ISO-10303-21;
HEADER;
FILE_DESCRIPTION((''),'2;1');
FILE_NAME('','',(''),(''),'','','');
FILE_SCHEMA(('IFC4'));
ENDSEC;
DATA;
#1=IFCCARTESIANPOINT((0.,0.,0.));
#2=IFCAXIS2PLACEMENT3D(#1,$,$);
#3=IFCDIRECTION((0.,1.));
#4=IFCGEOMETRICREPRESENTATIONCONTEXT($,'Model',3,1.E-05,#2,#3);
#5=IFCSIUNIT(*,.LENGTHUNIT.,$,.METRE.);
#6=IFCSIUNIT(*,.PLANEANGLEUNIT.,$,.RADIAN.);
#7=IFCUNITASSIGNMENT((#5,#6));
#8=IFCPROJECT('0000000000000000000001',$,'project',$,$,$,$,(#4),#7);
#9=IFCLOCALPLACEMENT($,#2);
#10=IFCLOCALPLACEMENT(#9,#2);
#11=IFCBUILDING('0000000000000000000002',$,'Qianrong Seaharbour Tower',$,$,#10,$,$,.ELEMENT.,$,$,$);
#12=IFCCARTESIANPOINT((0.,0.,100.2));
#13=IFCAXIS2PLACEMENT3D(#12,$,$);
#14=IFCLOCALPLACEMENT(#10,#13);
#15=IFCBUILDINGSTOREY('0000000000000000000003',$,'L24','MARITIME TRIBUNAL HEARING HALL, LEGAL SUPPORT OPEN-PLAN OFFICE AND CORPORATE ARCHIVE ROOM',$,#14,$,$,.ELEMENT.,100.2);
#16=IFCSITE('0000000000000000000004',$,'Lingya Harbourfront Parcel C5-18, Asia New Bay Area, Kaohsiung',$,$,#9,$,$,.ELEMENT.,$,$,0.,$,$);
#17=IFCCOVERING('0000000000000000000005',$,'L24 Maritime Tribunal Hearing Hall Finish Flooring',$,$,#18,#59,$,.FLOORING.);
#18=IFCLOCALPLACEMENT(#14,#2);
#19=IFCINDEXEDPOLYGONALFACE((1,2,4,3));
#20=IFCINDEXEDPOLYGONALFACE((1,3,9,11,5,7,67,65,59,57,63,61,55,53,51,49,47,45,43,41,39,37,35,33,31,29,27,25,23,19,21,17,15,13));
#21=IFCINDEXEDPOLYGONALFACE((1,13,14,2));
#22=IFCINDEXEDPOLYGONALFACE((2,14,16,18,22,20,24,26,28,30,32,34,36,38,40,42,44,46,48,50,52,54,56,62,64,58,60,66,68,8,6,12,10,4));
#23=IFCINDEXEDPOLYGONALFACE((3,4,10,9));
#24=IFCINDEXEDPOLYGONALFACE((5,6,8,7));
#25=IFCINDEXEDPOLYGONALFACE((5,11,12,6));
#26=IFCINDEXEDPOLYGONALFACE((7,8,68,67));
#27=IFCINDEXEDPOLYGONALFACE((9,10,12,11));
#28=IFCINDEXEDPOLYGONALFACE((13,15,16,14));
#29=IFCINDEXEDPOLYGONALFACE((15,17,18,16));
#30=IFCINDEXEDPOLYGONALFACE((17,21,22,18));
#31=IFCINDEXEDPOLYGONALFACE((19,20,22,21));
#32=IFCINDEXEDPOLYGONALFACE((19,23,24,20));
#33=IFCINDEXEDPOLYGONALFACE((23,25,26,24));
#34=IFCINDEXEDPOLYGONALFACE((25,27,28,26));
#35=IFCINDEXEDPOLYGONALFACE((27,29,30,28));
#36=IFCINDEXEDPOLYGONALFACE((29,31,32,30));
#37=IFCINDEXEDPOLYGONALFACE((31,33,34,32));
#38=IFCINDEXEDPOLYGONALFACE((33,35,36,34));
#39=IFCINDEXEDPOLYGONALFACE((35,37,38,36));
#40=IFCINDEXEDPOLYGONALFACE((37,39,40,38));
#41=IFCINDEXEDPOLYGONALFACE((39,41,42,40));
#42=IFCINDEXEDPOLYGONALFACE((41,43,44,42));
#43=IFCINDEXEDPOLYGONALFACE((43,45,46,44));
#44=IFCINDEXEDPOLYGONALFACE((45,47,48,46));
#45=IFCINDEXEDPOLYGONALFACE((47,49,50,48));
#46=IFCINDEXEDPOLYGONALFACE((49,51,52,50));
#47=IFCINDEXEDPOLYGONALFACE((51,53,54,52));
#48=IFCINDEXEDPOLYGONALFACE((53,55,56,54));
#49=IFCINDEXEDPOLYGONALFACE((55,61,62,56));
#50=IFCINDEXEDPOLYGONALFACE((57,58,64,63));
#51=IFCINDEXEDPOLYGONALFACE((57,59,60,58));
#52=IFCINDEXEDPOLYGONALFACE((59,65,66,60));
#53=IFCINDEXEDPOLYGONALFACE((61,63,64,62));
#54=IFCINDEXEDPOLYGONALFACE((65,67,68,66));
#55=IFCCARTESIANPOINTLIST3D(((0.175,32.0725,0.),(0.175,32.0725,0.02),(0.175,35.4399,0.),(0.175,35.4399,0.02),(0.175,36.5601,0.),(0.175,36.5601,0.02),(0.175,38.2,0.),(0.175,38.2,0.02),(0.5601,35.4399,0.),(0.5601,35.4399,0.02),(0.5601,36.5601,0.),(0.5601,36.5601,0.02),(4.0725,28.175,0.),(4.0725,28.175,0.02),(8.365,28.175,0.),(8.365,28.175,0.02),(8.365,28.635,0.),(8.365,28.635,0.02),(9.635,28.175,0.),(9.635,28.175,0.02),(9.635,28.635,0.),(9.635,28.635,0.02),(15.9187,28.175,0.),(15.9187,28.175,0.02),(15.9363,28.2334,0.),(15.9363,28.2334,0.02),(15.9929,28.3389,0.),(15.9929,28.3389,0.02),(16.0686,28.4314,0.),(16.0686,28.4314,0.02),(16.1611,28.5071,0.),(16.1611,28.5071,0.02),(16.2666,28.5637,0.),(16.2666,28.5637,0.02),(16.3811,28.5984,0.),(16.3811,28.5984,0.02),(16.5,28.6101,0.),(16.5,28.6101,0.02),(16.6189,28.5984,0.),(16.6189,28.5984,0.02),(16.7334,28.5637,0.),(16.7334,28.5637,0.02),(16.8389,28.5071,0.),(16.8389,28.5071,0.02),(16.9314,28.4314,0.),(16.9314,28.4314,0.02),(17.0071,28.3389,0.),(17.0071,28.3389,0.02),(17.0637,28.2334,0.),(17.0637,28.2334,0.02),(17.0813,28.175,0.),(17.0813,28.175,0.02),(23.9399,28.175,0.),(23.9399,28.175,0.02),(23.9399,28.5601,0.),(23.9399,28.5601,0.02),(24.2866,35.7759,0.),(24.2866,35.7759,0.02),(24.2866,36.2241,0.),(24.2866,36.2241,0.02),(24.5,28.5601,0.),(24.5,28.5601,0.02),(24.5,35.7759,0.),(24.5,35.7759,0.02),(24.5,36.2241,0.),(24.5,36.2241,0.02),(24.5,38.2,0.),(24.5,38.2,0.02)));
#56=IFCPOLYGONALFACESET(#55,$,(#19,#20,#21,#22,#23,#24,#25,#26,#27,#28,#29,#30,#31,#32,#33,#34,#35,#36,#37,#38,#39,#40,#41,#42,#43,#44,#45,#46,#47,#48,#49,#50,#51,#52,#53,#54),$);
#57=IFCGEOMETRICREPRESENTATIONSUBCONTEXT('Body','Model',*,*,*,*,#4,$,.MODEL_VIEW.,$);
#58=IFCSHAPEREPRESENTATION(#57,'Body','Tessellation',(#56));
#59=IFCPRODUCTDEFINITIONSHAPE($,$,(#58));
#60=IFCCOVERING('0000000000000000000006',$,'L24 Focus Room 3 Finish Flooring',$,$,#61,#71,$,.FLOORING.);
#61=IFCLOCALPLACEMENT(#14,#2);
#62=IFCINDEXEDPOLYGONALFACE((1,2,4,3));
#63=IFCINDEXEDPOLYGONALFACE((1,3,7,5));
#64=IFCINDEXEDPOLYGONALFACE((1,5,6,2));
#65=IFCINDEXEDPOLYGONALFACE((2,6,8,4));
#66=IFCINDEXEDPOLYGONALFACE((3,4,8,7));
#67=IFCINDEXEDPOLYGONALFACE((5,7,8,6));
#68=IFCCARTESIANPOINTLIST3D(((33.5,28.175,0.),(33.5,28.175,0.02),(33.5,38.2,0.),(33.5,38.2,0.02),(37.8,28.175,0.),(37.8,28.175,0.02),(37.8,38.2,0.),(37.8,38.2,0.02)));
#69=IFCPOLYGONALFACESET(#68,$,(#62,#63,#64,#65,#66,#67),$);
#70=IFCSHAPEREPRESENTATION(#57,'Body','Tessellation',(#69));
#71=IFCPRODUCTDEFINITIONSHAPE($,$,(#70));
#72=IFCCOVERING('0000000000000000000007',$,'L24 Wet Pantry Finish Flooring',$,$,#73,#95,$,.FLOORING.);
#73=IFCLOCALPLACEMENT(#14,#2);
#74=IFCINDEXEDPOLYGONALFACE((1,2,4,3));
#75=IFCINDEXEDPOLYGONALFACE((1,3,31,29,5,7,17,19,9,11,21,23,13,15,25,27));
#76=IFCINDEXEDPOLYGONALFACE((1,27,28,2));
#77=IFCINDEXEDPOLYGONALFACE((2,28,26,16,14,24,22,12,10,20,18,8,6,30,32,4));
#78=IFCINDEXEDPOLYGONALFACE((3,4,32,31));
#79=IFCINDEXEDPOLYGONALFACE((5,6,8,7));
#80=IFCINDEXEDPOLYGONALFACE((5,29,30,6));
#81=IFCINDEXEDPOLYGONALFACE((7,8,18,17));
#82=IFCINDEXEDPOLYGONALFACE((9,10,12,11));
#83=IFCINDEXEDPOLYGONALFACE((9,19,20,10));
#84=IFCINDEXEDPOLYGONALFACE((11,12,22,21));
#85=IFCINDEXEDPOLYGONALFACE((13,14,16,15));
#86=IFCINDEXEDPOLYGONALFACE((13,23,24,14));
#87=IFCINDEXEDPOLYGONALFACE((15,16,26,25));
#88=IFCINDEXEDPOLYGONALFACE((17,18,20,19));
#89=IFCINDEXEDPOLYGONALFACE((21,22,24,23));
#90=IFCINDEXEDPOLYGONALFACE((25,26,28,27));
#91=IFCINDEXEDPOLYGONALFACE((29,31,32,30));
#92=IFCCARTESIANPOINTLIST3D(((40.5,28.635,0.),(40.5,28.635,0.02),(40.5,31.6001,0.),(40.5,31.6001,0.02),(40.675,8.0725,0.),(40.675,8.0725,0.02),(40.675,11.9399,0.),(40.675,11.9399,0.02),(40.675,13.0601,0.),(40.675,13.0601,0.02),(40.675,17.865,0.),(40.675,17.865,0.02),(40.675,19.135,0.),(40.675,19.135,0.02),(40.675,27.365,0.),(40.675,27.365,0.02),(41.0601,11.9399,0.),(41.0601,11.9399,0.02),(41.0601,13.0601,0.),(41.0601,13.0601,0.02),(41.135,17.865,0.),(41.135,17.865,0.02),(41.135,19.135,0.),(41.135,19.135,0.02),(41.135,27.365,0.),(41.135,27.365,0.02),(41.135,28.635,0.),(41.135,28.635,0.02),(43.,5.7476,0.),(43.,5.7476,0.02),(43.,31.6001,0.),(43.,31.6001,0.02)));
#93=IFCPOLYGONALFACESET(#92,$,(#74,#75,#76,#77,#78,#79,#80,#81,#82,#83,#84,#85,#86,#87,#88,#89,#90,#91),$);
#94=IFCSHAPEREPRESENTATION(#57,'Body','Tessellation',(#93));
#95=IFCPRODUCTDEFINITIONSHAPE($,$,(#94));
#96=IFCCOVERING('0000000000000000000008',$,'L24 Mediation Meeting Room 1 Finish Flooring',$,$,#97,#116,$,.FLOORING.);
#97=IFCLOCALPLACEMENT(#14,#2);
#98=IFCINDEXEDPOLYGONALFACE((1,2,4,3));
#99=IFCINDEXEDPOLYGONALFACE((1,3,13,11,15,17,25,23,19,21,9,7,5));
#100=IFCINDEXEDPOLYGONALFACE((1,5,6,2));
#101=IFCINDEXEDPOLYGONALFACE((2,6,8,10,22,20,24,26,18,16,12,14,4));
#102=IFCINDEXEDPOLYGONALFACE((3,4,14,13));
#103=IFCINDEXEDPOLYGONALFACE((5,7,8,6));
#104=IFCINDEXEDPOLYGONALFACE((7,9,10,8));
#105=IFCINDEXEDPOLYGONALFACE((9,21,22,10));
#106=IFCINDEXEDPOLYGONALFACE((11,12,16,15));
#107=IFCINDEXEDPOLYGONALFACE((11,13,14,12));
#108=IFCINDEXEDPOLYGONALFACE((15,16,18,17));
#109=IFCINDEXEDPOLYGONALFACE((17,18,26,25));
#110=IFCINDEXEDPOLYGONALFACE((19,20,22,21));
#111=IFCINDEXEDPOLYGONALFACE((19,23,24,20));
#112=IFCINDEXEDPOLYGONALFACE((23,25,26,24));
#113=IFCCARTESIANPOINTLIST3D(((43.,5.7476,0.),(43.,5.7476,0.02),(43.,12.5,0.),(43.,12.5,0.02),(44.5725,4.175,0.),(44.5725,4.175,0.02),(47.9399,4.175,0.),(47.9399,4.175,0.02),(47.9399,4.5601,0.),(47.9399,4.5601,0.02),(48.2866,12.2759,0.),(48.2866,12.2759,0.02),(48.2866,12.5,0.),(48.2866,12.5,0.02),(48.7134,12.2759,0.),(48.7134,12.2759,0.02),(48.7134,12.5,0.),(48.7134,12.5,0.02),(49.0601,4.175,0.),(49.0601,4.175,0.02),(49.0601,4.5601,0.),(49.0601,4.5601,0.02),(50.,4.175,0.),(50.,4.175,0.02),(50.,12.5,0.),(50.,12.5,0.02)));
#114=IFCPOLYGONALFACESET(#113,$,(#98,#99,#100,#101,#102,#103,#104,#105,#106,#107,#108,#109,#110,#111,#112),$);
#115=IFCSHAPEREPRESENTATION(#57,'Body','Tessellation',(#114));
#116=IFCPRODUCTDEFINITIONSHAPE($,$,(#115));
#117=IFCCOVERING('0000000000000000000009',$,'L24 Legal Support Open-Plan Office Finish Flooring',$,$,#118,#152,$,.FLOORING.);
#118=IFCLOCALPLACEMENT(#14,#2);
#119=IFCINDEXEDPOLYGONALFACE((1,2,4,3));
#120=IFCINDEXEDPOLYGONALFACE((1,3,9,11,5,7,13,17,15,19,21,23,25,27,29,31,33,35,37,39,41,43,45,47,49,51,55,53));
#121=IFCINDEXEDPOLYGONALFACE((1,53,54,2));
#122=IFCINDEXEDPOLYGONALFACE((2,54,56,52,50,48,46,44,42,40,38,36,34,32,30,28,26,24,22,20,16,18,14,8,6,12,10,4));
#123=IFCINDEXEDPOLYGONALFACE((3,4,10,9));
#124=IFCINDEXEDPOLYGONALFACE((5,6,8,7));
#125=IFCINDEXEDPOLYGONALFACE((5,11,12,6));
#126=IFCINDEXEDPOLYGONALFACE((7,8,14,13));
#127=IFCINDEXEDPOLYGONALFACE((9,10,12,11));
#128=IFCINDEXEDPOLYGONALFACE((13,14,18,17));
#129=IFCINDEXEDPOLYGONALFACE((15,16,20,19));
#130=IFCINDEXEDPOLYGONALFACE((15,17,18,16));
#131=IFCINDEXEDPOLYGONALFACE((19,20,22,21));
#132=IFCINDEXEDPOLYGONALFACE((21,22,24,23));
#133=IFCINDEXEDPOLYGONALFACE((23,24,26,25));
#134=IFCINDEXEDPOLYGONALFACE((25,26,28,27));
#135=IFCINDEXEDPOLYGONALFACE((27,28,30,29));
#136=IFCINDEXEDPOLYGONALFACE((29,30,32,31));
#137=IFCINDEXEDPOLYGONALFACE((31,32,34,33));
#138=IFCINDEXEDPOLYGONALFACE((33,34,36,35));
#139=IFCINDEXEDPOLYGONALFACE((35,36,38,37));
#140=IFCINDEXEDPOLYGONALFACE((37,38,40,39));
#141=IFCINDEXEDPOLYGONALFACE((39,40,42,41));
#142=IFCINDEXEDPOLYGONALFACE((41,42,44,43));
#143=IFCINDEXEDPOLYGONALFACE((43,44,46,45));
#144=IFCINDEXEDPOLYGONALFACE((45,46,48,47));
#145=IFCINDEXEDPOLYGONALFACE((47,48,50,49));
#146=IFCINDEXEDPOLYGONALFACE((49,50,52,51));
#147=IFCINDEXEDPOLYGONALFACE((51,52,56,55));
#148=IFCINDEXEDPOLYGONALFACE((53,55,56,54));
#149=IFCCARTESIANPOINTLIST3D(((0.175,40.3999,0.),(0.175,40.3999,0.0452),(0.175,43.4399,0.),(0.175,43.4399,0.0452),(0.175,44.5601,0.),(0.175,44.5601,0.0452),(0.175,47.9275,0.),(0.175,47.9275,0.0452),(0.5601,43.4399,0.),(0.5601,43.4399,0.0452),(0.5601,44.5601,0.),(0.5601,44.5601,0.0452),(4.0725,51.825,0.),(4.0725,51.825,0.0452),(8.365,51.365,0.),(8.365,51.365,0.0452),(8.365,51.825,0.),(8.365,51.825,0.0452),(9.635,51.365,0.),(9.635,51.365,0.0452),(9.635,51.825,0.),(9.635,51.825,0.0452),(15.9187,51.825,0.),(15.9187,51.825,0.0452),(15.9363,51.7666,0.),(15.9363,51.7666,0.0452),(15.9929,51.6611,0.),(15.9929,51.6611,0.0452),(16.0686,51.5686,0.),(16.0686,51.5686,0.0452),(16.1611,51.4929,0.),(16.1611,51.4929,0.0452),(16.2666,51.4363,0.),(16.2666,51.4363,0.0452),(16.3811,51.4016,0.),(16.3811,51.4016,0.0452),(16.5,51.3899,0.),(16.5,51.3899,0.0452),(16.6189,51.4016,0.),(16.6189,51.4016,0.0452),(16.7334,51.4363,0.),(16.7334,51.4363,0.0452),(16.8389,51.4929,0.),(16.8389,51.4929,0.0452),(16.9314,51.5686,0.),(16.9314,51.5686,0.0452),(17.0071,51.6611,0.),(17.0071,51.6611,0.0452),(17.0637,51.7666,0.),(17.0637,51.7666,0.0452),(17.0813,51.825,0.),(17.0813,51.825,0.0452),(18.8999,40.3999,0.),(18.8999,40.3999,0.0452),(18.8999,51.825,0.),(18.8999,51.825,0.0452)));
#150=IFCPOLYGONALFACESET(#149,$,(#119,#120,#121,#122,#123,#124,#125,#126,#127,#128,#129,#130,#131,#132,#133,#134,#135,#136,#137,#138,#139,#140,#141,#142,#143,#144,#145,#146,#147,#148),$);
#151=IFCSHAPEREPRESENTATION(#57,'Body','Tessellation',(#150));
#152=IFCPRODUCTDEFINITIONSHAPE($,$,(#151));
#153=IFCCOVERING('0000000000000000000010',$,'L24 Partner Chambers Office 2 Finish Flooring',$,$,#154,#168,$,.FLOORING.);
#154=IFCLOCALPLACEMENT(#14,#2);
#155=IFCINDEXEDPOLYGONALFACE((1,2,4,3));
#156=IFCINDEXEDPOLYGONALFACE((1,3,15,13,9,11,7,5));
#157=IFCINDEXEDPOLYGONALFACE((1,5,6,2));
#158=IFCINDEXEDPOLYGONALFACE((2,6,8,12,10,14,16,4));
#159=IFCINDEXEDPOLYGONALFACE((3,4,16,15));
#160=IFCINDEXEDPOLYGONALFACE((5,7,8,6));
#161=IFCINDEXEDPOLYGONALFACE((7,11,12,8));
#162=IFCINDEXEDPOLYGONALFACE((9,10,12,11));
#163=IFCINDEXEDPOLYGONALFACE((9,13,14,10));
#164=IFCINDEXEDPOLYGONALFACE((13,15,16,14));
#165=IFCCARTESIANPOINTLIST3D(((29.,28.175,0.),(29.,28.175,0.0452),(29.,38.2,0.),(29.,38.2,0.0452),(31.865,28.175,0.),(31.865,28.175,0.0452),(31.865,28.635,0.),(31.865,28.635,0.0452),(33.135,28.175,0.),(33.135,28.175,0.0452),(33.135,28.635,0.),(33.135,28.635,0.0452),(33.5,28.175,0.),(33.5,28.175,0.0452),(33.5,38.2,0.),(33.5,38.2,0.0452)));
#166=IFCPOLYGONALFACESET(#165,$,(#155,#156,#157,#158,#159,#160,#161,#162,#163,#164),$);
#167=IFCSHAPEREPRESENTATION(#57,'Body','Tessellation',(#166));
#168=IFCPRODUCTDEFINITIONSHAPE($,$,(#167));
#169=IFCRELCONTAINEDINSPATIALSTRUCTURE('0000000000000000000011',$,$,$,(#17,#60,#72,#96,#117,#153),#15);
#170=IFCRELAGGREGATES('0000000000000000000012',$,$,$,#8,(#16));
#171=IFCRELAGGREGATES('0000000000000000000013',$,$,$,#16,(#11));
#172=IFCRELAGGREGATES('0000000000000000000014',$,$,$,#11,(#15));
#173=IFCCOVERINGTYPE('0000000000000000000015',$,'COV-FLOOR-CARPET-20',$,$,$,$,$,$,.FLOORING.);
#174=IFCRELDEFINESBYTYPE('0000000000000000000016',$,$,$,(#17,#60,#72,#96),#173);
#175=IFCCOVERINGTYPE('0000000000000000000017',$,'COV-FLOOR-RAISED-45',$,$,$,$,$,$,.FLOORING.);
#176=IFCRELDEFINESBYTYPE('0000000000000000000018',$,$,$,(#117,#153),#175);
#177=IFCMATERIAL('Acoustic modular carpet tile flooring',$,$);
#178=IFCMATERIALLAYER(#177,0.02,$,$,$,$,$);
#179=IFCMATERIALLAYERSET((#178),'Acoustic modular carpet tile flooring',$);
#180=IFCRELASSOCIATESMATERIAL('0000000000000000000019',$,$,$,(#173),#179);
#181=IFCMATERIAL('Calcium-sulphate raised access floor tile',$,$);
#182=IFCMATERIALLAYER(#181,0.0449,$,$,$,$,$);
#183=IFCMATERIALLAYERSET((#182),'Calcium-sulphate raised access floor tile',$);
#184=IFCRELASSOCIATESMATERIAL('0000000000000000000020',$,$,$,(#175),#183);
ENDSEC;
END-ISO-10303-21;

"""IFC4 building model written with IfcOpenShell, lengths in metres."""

from ifc_helpers import new_model, si_unit, direction, frame, origin, place, context, subcontext, project, spatial, polyline, outline, extrude, material, layer, layer_set, type_object, element, save


model = new_model("IFC4")

# Units and contexts
model_context = context("Model", 3, precision=1e-05, world=origin(), true_north=direction((0.0, 1.0)))
body_context = subcontext(model_context, "Body", "Model", "MODEL_VIEW")
ifc_project = project(units=[si_unit("LENGTHUNIT", "METRE"), si_unit("PLANEANGLEUNIT", "RADIAN")], contexts=[model_context])

# Site, building, storey
site_placement = place(None, origin())
site = spatial("IfcSite", under=ifc_project, at=site_placement, Name="Lingya Harbourfront Parcel C5-18, Asia New Bay Area, Kaohsiung", CompositionType="ELEMENT", RefElevation=0.0)
building_placement = place(site_placement, origin())
building = spatial("IfcBuilding", under=site, at=building_placement, Name="Qianrong Seaharbour Tower", CompositionType="ELEMENT")
storey_placement = place(building_placement, frame((0.0, 0.0, 100.2)))
storey = spatial("IfcBuildingStorey", under=building, at=storey_placement, Name="L24", Description="MARITIME TRIBUNAL HEARING HALL, LEGAL SUPPORT OPEN-PLAN OFFICE AND CORPORATE ARCHIVE ROOM", CompositionType="ELEMENT", Elevation=100.2)

# Coverings
ifc_material_1 = material(Name="Acoustic modular carpet tile flooring")
ifc_layer_1 = layer(ifc_material_1, 0.02)
ifc_layer_set_1 = layer_set([ifc_layer_1], Name="Acoustic modular carpet tile flooring")
covering_type_1 = type_object("IfcCoveringType", Name="COV-FLOOR-CARPET-20", PredefinedType="FLOORING", material=ifc_layer_set_1)
covering_1_placement = place(storey_placement, origin())
element("IfcCovering", 1, at=covering_1_placement, inside=storey, type_object=covering_type_1, Name="L24 Maritime Tribunal Hearing Hall Finish Flooring", PredefinedType="FLOORING", context=body_context, shape_type="SweptSolid", body=[
    extrude(outline(polyline([(17.0813, 28.175), (17.0637, 28.2334), (17.0071, 28.3389), (16.9314, 28.4314), (16.8389, 28.5071), (16.7334, 28.5637), (16.6189, 28.5984), (16.5, 28.6101), (16.3811, 28.5984), (16.2666, 28.5637), (16.1611, 28.5071), (16.0686, 28.4314), (15.9929, 28.3389), (15.9363, 28.2334), (15.9187, 28.175), (9.635, 28.175), (9.635, 28.635), (8.365, 28.635), (8.365, 28.175), (4.0725, 28.175), (0.175, 32.0725), (0.175, 35.4399), (0.5601, 35.4399), (0.5601, 36.5601), (0.175, 36.5601), (0.175, 38.2), (24.5, 38.2), (24.5, 36.2241), (24.2866, 36.2241), (24.2866, 35.7759), (24.5, 35.7759), (24.5, 28.5601), (23.9399, 28.5601), (23.9399, 28.175), (17.0813, 28.175)])), origin(), (0.0, 0.0, 1.0), 0.02),
])
covering_2_placement = place(storey_placement, origin())
element("IfcCovering", 2, at=covering_2_placement, inside=storey, type_object=covering_type_1, Name="L24 Focus Room 3 Finish Flooring", PredefinedType="FLOORING", context=body_context, shape_type="SweptSolid", body=[
    extrude(outline(polyline([(37.8, 28.175), (33.5, 28.175), (33.5, 38.2), (37.8, 38.2), (37.8, 28.175)])), origin(), (0.0, 0.0, 1.0), 0.02),
])
covering_3_placement = place(storey_placement, origin())
element("IfcCovering", 3, at=covering_3_placement, inside=storey, type_object=covering_type_1, Name="L24 Wet Pantry Finish Flooring", PredefinedType="FLOORING", context=body_context, shape_type="SweptSolid", body=[
    extrude(outline(polyline([(43.0, 5.7476), (40.675, 8.0725), (40.675, 11.9399), (41.0601, 11.9399), (41.0601, 13.0601), (40.675, 13.0601), (40.675, 17.865), (41.135, 17.865), (41.135, 19.135), (40.675, 19.135), (40.675, 27.365), (41.135, 27.365), (41.135, 28.635), (40.5, 28.635), (40.5, 31.6001), (43.0, 31.6001), (43.0, 5.7476)])), origin(), (0.0, 0.0, 1.0), 0.02),
])
covering_4_placement = place(storey_placement, origin())
element("IfcCovering", 4, at=covering_4_placement, inside=storey, type_object=covering_type_1, Name="L24 Mediation Meeting Room 1 Finish Flooring", PredefinedType="FLOORING", context=body_context, shape_type="SweptSolid", body=[
    extrude(outline(polyline([(50.0, 4.175), (49.0601, 4.175), (49.0601, 4.5601), (47.9399, 4.5601), (47.9399, 4.175), (44.5725, 4.175), (43.0, 5.7476), (43.0, 12.5), (48.2866, 12.5), (48.2866, 12.2759), (48.7134, 12.2759), (48.7134, 12.5), (50.0, 12.5), (50.0, 4.175)])), origin(), (0.0, 0.0, 1.0), 0.02),
])
ifc_material_2 = material(Name="Calcium-sulphate raised access floor tile")
ifc_layer_2 = layer(ifc_material_2, 0.0449)
ifc_layer_set_2 = layer_set([ifc_layer_2], Name="Calcium-sulphate raised access floor tile")
covering_type_2 = type_object("IfcCoveringType", Name="COV-FLOOR-RAISED-45", PredefinedType="FLOORING", material=ifc_layer_set_2)
covering_5_placement = place(storey_placement, origin())
element("IfcCovering", 5, at=covering_5_placement, inside=storey, type_object=covering_type_2, Name="L24 Legal Support Open-Plan Office Finish Flooring", PredefinedType="FLOORING", context=body_context, shape_type="SweptSolid", body=[
    extrude(outline(polyline([(0.175, 43.4399), (0.5601, 43.4399), (0.5601, 44.5601), (0.175, 44.5601), (0.175, 47.9275), (4.0725, 51.825), (8.365, 51.825), (8.365, 51.365), (9.635, 51.365), (9.635, 51.825), (15.9187, 51.825), (15.9363, 51.7666), (15.9929, 51.6611), (16.0686, 51.5686), (16.1611, 51.4929), (16.2666, 51.4363), (16.3811, 51.4016), (16.5, 51.3899), (16.6189, 51.4016), (16.7334, 51.4363), (16.8389, 51.4929), (16.9314, 51.5686), (17.0071, 51.6611), (17.0637, 51.7666), (17.0813, 51.825), (18.8999, 51.825), (18.8999, 40.3999), (0.175, 40.3999), (0.175, 43.4399)])), origin(), (0.0, 0.0, 1.0), 0.0452),
])
covering_6_placement = place(storey_placement, origin())
element("IfcCovering", 6, at=covering_6_placement, inside=storey, type_object=covering_type_2, Name="L24 Partner Chambers Office 2 Finish Flooring", PredefinedType="FLOORING", context=body_context, shape_type="SweptSolid", body=[
    extrude(outline(polyline([(33.5, 28.175), (33.135, 28.175), (33.135, 28.635), (31.865, 28.635), (31.865, 28.175), (29.0, 28.175), (29.0, 38.2), (33.5, 38.2), (33.5, 28.175)])), origin(), (0.0, 0.0, 1.0), 0.0452),
])

save(model, "model.ifc")
